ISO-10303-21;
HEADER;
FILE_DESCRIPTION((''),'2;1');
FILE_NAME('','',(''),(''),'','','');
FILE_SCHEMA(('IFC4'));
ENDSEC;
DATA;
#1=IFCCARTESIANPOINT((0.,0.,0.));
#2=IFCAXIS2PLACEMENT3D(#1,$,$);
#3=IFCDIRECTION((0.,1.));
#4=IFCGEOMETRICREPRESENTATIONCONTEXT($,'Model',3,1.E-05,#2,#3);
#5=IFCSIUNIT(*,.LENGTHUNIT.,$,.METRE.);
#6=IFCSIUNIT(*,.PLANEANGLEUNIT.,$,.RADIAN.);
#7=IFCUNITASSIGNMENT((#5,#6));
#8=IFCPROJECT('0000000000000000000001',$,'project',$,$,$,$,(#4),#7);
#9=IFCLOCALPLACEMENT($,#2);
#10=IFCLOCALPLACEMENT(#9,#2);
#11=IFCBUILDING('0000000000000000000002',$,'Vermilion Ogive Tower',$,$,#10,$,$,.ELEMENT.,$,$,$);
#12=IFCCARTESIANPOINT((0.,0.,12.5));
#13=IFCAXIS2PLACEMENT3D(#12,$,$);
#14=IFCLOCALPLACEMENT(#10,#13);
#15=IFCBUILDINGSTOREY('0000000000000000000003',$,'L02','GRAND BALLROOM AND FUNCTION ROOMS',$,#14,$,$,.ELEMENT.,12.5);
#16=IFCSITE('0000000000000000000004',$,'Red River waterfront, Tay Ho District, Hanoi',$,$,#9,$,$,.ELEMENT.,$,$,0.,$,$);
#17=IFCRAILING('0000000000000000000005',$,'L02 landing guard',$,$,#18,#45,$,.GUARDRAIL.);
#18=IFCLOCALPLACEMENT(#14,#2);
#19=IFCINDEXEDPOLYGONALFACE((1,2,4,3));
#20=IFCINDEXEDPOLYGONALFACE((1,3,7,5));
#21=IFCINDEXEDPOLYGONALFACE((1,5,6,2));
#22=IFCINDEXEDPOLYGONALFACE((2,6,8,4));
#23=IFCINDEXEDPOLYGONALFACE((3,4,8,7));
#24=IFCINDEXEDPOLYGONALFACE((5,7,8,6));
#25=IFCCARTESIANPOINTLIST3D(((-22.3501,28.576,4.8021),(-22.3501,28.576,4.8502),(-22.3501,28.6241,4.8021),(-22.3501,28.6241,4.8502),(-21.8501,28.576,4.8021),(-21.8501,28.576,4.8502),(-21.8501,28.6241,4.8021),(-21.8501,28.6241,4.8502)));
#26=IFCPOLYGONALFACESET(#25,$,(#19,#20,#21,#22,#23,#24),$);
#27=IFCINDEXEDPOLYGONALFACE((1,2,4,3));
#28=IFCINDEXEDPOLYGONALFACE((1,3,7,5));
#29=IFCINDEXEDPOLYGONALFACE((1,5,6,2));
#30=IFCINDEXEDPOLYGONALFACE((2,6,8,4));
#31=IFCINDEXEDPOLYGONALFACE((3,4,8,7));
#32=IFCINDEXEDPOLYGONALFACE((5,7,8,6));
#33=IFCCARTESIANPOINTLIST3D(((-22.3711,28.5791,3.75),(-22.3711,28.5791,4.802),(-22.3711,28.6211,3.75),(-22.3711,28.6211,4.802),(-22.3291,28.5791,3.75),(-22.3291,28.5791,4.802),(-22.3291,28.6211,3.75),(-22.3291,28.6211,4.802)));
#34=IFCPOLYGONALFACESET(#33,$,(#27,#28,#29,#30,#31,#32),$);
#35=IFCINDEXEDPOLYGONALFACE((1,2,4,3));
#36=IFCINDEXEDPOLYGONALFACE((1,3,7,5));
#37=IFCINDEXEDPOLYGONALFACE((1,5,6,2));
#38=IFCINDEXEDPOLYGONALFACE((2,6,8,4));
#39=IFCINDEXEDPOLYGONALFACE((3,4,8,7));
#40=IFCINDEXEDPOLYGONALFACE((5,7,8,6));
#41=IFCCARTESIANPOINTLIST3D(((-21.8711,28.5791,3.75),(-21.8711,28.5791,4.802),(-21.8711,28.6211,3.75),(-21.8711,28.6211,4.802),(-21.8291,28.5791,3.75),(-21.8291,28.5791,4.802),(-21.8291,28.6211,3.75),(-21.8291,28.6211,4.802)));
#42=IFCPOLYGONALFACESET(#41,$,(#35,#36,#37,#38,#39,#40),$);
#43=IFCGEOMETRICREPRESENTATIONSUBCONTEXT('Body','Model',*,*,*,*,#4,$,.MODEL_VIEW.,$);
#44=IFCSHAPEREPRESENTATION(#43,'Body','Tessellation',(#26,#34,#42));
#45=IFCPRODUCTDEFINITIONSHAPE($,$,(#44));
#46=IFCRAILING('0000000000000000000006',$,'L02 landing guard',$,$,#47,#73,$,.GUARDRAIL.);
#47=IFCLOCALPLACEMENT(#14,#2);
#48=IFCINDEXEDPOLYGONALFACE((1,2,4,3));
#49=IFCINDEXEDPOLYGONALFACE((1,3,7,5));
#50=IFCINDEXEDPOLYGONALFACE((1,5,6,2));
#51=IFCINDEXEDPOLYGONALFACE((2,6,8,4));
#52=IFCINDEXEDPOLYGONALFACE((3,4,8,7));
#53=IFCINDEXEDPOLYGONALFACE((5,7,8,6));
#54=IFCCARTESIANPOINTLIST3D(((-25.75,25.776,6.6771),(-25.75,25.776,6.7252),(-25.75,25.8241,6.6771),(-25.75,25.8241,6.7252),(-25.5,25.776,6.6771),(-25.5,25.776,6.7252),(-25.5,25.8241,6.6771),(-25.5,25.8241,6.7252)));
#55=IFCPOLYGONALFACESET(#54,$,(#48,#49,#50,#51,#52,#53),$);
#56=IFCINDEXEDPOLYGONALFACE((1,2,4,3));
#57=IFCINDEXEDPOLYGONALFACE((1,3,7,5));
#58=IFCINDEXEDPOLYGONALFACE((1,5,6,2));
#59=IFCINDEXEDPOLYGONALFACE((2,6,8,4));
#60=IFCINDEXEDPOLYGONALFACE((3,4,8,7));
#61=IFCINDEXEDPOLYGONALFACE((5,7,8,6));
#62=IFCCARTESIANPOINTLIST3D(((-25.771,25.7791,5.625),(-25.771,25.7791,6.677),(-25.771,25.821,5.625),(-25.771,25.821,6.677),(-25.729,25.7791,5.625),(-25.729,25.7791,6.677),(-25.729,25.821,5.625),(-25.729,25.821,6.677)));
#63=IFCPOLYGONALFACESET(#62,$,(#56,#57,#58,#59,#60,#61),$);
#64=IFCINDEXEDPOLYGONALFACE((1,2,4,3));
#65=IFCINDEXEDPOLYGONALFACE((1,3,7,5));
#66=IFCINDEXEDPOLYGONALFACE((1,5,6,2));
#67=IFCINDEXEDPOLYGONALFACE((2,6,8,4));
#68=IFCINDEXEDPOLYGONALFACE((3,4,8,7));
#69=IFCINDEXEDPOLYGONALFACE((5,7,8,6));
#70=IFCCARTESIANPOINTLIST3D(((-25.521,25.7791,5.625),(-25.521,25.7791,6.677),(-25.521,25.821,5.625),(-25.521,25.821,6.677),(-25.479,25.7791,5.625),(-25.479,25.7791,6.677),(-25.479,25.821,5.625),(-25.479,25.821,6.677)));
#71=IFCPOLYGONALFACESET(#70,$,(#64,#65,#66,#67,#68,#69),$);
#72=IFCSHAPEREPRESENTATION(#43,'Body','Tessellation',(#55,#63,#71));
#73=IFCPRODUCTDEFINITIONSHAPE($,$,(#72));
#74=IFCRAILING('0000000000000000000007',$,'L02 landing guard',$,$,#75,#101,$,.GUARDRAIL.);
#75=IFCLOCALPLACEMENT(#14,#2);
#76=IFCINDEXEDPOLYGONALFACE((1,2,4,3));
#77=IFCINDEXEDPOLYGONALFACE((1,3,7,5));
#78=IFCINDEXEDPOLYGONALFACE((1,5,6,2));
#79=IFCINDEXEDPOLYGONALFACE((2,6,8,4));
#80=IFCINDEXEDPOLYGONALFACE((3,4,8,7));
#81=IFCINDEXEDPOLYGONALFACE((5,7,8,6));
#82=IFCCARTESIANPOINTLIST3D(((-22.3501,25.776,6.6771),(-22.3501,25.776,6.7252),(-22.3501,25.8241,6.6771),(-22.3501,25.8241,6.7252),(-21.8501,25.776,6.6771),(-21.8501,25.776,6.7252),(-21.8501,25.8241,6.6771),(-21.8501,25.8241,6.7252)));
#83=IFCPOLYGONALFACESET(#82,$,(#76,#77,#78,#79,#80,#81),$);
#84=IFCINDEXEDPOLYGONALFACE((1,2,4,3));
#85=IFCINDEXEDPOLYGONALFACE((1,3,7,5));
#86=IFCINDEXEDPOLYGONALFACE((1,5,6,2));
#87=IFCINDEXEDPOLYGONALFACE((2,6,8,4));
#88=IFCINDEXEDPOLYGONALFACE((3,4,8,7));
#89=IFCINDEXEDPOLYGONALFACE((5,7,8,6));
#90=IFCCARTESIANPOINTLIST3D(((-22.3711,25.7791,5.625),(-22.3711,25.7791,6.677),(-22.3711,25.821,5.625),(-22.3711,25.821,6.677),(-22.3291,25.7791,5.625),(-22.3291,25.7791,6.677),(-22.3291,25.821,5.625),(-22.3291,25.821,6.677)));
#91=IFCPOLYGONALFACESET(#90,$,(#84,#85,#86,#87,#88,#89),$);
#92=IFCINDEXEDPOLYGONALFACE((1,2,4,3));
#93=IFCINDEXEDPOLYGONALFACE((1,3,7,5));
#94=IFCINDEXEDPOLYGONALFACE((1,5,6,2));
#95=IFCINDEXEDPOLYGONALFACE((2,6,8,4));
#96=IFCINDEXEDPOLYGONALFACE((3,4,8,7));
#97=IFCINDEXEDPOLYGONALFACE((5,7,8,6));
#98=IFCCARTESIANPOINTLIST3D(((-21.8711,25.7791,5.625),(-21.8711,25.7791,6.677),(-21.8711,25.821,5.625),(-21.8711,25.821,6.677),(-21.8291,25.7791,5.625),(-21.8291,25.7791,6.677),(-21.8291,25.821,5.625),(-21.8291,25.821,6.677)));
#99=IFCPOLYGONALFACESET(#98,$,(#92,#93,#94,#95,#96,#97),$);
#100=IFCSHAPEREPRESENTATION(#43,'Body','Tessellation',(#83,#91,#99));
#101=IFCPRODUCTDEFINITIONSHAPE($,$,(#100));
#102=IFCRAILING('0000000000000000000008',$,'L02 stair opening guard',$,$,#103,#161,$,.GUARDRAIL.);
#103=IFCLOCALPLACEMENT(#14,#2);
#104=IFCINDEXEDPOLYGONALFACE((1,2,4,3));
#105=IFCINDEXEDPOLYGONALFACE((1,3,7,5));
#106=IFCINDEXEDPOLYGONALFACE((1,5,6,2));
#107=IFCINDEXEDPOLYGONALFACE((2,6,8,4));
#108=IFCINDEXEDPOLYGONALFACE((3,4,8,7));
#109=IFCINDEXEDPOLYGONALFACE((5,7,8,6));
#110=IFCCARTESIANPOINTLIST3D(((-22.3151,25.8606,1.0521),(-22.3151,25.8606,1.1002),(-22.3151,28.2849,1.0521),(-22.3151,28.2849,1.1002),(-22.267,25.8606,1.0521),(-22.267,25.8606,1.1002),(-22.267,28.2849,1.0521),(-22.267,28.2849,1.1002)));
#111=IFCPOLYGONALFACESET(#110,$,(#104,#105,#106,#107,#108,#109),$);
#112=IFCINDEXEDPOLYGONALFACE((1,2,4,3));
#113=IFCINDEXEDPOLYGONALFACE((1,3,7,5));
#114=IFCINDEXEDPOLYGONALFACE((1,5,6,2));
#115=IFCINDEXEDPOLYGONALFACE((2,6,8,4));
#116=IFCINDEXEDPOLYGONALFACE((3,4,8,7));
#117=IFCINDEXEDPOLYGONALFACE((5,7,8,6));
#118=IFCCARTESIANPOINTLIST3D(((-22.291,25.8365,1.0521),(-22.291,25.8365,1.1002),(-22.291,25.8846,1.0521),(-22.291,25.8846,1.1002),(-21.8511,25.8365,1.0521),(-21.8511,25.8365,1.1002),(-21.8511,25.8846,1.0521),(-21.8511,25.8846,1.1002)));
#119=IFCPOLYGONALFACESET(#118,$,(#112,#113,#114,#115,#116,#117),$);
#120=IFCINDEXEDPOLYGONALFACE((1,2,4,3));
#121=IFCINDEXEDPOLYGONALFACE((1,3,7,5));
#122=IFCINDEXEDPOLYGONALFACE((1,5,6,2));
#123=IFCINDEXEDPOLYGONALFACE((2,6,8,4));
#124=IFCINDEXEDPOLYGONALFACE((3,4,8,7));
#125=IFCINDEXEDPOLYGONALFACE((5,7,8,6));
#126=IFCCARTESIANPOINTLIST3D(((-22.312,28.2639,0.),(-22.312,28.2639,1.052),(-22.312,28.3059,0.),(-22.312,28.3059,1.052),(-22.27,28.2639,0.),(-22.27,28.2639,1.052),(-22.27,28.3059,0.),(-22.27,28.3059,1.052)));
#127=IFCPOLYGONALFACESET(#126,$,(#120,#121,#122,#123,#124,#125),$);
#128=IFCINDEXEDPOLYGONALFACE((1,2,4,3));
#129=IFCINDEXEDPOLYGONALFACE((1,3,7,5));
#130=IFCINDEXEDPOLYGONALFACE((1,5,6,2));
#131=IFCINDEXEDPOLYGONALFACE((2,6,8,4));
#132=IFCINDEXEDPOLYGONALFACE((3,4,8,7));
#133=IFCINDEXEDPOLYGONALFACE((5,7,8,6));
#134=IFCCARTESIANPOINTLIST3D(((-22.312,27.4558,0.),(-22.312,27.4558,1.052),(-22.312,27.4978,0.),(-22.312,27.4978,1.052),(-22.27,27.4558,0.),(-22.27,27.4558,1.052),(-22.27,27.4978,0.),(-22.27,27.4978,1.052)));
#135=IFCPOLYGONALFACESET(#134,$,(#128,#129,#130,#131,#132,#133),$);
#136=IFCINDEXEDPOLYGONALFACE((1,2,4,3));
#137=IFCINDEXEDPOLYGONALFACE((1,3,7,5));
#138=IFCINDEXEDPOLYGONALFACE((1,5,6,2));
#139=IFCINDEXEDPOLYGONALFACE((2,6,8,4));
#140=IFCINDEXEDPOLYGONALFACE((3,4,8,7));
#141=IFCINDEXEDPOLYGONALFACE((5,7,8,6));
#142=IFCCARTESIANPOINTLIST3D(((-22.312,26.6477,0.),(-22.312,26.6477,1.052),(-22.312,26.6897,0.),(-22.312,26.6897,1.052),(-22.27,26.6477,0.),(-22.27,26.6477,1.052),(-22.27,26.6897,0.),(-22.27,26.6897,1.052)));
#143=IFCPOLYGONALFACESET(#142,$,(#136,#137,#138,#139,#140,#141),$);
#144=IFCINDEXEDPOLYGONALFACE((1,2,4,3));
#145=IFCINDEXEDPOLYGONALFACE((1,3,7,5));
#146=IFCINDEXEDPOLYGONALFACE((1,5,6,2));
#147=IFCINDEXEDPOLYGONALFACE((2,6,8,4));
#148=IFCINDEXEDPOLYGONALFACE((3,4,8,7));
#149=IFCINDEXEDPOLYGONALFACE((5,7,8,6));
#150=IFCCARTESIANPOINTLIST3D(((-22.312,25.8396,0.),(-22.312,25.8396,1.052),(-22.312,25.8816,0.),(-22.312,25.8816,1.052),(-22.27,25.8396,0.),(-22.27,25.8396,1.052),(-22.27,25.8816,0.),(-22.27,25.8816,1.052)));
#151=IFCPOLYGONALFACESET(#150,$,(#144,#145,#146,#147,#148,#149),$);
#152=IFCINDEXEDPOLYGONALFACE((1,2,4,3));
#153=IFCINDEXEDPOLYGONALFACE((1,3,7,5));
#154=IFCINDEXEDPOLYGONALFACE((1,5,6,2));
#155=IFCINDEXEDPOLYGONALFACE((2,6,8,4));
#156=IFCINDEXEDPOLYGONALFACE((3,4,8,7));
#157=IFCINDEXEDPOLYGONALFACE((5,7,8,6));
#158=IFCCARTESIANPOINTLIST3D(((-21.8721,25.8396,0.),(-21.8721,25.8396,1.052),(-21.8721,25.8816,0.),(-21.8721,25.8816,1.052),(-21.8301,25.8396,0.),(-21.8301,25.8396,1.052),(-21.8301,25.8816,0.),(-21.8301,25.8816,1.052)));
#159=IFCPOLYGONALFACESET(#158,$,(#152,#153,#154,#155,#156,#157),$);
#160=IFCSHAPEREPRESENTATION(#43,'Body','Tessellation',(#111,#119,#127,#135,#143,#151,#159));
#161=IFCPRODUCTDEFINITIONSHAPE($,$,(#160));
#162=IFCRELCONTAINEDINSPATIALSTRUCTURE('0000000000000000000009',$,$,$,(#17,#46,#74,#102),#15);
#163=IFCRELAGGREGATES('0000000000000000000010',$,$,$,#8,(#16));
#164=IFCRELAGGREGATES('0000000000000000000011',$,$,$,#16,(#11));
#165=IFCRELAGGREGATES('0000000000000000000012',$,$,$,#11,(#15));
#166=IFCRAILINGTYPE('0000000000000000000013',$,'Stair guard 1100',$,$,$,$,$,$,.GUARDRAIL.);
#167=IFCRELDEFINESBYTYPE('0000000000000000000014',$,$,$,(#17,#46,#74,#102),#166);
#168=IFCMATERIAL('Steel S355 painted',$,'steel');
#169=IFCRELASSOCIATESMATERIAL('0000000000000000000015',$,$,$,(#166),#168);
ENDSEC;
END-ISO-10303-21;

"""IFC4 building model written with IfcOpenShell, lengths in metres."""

from ifc_helpers import new_model, si_unit, direction, frame, origin, origin_2d, place, context, subcontext, project, spatial, rectangle, extrude, material, type_object, element, save


model = new_model("IFC4")

# Units and contexts
model_context = context("Model", 3, precision=1e-05, world=origin(), true_north=direction((0.0, 1.0)))
body_context = subcontext(model_context, "Body", "Model", "MODEL_VIEW")
ifc_project = project(units=[si_unit("LENGTHUNIT", "METRE"), si_unit("PLANEANGLEUNIT", "RADIAN")], contexts=[model_context])

# Site, building, storey
site_placement = place(None, origin())
site = spatial("IfcSite", under=ifc_project, at=site_placement, Name="Red River waterfront, Tay Ho District, Hanoi", CompositionType="ELEMENT", RefElevation=0.0)
building_placement = place(site_placement, origin())
building = spatial("IfcBuilding", under=site, at=building_placement, Name="Vermilion Ogive Tower", CompositionType="ELEMENT")
storey_placement = place(building_placement, frame((0.0, 0.0, 12.5)))
storey = spatial("IfcBuildingStorey", under=building, at=storey_placement, Name="L02", Description="GRAND BALLROOM AND FUNCTION ROOMS", CompositionType="ELEMENT", Elevation=12.5)

# Railings
ifc_material_1 = material(Name="Steel S355 painted", Category="steel")
railing_type_1 = type_object("IfcRailingType", Name="Stair guard 1100", PredefinedType="GUARDRAIL", material=ifc_material_1)
railing_1_placement = place(storey_placement, frame((-22.3501, 28.6001, 3.75)))
element("IfcRailing", 1, at=railing_1_placement, inside=storey, type_object=railing_type_1, Name="L02 landing guard", PredefinedType="GUARDRAIL", context=body_context, shape_type="SweptSolid", body=[
    extrude(rectangle(XDim=0.0481, YDim=0.0481, at=origin_2d()), frame((0.0, 0.0, 1.0762), z_axis=(1.0, 0.0, 0.0), x_axis=(0.0, 1.0, 0.0)), (0.0, 0.0, 1.0), 0.5),
    extrude(rectangle(XDim=0.042, YDim=0.042, at=origin_2d()), origin(), (0.0, 0.0, 1.0), 1.052),
    extrude(rectangle(XDim=0.042, YDim=0.042, at=origin_2d()), frame((0.5, 0.0, 0.0)), (0.0, 0.0, 1.0), 1.052),
])
railing_2_placement = place(storey_placement, frame((-25.75, 25.8, 5.625)))
element("IfcRailing", 2, at=railing_2_placement, inside=storey, type_object=railing_type_1, Name="L02 landing guard", PredefinedType="GUARDRAIL", context=body_context, shape_type="SweptSolid", body=[
    extrude(rectangle(XDim=0.0481, YDim=0.0481, at=origin_2d()), frame((0.0, 0.0, 1.0762), z_axis=(1.0, 0.0, 0.0), x_axis=(0.0, 1.0, 0.0)), (0.0, 0.0, 1.0), 0.25),
    extrude(rectangle(XDim=0.042, YDim=0.042, at=origin_2d()), origin(), (0.0, 0.0, 1.0), 1.052),
    extrude(rectangle(XDim=0.042, YDim=0.042, at=origin_2d()), frame((0.25, 0.0, 0.0)), (0.0, 0.0, 1.0), 1.052),
])
railing_3_placement = place(storey_placement, frame((-22.3501, 25.8, 5.625)))
element("IfcRailing", 3, at=railing_3_placement, inside=storey, type_object=railing_type_1, Name="L02 landing guard", PredefinedType="GUARDRAIL", context=body_context, shape_type="SweptSolid", body=[
    extrude(rectangle(XDim=0.0481, YDim=0.0481, at=origin_2d()), frame((0.0, 0.0, 1.0762), z_axis=(1.0, 0.0, 0.0), x_axis=(0.0, 1.0, 0.0)), (0.0, 0.0, 1.0), 0.5),
    extrude(rectangle(XDim=0.042, YDim=0.042, at=origin_2d()), origin(), (0.0, 0.0, 1.0), 1.052),
    extrude(rectangle(XDim=0.042, YDim=0.042, at=origin_2d()), frame((0.5, 0.0, 0.0)), (0.0, 0.0, 1.0), 1.052),
])
railing_4_placement = place(storey_placement, frame((-22.291, 28.2849, 0.0)))
element("IfcRailing", 4, at=railing_4_placement, inside=storey, type_object=railing_type_1, Name="L02 stair opening guard", PredefinedType="GUARDRAIL", context=body_context, shape_type="SweptSolid", body=[
    extrude(rectangle(XDim=0.0481, YDim=0.0481, at=origin_2d()), frame((0.0, 0.0, 1.0762), z_axis=(0.0, -1.0, 0.0), x_axis=(1.0, 0.0, 0.0)), (0.0, 0.0, 1.0), 2.4243),
    extrude(rectangle(XDim=0.0481, YDim=0.0481, at=origin_2d()), frame((0.0, -2.4243, 1.0762), z_axis=(1.0, 0.0, 0.0), x_axis=(0.0, 1.0, 0.0)), (0.0, 0.0, 1.0), 0.4399),
    extrude(rectangle(XDim=0.042, YDim=0.042, at=origin_2d()), origin(), (0.0, 0.0, 1.0), 1.052),
    extrude(rectangle(XDim=0.042, YDim=0.042, at=origin_2d()), frame((0.0, -0.8081, 0.0)), (0.0, 0.0, 1.0), 1.052),
    extrude(rectangle(XDim=0.042, YDim=0.042, at=origin_2d()), frame((0.0, -1.6162, 0.0)), (0.0, 0.0, 1.0), 1.052),
    extrude(rectangle(XDim=0.042, YDim=0.042, at=origin_2d()), frame((0.0, -2.4243, 0.0)), (0.0, 0.0, 1.0), 1.052),
    extrude(rectangle(XDim=0.042, YDim=0.042, at=origin_2d()), frame((0.4399, -2.4243, 0.0)), (0.0, 0.0, 1.0), 1.052),
])

save(model, "model.ifc")
